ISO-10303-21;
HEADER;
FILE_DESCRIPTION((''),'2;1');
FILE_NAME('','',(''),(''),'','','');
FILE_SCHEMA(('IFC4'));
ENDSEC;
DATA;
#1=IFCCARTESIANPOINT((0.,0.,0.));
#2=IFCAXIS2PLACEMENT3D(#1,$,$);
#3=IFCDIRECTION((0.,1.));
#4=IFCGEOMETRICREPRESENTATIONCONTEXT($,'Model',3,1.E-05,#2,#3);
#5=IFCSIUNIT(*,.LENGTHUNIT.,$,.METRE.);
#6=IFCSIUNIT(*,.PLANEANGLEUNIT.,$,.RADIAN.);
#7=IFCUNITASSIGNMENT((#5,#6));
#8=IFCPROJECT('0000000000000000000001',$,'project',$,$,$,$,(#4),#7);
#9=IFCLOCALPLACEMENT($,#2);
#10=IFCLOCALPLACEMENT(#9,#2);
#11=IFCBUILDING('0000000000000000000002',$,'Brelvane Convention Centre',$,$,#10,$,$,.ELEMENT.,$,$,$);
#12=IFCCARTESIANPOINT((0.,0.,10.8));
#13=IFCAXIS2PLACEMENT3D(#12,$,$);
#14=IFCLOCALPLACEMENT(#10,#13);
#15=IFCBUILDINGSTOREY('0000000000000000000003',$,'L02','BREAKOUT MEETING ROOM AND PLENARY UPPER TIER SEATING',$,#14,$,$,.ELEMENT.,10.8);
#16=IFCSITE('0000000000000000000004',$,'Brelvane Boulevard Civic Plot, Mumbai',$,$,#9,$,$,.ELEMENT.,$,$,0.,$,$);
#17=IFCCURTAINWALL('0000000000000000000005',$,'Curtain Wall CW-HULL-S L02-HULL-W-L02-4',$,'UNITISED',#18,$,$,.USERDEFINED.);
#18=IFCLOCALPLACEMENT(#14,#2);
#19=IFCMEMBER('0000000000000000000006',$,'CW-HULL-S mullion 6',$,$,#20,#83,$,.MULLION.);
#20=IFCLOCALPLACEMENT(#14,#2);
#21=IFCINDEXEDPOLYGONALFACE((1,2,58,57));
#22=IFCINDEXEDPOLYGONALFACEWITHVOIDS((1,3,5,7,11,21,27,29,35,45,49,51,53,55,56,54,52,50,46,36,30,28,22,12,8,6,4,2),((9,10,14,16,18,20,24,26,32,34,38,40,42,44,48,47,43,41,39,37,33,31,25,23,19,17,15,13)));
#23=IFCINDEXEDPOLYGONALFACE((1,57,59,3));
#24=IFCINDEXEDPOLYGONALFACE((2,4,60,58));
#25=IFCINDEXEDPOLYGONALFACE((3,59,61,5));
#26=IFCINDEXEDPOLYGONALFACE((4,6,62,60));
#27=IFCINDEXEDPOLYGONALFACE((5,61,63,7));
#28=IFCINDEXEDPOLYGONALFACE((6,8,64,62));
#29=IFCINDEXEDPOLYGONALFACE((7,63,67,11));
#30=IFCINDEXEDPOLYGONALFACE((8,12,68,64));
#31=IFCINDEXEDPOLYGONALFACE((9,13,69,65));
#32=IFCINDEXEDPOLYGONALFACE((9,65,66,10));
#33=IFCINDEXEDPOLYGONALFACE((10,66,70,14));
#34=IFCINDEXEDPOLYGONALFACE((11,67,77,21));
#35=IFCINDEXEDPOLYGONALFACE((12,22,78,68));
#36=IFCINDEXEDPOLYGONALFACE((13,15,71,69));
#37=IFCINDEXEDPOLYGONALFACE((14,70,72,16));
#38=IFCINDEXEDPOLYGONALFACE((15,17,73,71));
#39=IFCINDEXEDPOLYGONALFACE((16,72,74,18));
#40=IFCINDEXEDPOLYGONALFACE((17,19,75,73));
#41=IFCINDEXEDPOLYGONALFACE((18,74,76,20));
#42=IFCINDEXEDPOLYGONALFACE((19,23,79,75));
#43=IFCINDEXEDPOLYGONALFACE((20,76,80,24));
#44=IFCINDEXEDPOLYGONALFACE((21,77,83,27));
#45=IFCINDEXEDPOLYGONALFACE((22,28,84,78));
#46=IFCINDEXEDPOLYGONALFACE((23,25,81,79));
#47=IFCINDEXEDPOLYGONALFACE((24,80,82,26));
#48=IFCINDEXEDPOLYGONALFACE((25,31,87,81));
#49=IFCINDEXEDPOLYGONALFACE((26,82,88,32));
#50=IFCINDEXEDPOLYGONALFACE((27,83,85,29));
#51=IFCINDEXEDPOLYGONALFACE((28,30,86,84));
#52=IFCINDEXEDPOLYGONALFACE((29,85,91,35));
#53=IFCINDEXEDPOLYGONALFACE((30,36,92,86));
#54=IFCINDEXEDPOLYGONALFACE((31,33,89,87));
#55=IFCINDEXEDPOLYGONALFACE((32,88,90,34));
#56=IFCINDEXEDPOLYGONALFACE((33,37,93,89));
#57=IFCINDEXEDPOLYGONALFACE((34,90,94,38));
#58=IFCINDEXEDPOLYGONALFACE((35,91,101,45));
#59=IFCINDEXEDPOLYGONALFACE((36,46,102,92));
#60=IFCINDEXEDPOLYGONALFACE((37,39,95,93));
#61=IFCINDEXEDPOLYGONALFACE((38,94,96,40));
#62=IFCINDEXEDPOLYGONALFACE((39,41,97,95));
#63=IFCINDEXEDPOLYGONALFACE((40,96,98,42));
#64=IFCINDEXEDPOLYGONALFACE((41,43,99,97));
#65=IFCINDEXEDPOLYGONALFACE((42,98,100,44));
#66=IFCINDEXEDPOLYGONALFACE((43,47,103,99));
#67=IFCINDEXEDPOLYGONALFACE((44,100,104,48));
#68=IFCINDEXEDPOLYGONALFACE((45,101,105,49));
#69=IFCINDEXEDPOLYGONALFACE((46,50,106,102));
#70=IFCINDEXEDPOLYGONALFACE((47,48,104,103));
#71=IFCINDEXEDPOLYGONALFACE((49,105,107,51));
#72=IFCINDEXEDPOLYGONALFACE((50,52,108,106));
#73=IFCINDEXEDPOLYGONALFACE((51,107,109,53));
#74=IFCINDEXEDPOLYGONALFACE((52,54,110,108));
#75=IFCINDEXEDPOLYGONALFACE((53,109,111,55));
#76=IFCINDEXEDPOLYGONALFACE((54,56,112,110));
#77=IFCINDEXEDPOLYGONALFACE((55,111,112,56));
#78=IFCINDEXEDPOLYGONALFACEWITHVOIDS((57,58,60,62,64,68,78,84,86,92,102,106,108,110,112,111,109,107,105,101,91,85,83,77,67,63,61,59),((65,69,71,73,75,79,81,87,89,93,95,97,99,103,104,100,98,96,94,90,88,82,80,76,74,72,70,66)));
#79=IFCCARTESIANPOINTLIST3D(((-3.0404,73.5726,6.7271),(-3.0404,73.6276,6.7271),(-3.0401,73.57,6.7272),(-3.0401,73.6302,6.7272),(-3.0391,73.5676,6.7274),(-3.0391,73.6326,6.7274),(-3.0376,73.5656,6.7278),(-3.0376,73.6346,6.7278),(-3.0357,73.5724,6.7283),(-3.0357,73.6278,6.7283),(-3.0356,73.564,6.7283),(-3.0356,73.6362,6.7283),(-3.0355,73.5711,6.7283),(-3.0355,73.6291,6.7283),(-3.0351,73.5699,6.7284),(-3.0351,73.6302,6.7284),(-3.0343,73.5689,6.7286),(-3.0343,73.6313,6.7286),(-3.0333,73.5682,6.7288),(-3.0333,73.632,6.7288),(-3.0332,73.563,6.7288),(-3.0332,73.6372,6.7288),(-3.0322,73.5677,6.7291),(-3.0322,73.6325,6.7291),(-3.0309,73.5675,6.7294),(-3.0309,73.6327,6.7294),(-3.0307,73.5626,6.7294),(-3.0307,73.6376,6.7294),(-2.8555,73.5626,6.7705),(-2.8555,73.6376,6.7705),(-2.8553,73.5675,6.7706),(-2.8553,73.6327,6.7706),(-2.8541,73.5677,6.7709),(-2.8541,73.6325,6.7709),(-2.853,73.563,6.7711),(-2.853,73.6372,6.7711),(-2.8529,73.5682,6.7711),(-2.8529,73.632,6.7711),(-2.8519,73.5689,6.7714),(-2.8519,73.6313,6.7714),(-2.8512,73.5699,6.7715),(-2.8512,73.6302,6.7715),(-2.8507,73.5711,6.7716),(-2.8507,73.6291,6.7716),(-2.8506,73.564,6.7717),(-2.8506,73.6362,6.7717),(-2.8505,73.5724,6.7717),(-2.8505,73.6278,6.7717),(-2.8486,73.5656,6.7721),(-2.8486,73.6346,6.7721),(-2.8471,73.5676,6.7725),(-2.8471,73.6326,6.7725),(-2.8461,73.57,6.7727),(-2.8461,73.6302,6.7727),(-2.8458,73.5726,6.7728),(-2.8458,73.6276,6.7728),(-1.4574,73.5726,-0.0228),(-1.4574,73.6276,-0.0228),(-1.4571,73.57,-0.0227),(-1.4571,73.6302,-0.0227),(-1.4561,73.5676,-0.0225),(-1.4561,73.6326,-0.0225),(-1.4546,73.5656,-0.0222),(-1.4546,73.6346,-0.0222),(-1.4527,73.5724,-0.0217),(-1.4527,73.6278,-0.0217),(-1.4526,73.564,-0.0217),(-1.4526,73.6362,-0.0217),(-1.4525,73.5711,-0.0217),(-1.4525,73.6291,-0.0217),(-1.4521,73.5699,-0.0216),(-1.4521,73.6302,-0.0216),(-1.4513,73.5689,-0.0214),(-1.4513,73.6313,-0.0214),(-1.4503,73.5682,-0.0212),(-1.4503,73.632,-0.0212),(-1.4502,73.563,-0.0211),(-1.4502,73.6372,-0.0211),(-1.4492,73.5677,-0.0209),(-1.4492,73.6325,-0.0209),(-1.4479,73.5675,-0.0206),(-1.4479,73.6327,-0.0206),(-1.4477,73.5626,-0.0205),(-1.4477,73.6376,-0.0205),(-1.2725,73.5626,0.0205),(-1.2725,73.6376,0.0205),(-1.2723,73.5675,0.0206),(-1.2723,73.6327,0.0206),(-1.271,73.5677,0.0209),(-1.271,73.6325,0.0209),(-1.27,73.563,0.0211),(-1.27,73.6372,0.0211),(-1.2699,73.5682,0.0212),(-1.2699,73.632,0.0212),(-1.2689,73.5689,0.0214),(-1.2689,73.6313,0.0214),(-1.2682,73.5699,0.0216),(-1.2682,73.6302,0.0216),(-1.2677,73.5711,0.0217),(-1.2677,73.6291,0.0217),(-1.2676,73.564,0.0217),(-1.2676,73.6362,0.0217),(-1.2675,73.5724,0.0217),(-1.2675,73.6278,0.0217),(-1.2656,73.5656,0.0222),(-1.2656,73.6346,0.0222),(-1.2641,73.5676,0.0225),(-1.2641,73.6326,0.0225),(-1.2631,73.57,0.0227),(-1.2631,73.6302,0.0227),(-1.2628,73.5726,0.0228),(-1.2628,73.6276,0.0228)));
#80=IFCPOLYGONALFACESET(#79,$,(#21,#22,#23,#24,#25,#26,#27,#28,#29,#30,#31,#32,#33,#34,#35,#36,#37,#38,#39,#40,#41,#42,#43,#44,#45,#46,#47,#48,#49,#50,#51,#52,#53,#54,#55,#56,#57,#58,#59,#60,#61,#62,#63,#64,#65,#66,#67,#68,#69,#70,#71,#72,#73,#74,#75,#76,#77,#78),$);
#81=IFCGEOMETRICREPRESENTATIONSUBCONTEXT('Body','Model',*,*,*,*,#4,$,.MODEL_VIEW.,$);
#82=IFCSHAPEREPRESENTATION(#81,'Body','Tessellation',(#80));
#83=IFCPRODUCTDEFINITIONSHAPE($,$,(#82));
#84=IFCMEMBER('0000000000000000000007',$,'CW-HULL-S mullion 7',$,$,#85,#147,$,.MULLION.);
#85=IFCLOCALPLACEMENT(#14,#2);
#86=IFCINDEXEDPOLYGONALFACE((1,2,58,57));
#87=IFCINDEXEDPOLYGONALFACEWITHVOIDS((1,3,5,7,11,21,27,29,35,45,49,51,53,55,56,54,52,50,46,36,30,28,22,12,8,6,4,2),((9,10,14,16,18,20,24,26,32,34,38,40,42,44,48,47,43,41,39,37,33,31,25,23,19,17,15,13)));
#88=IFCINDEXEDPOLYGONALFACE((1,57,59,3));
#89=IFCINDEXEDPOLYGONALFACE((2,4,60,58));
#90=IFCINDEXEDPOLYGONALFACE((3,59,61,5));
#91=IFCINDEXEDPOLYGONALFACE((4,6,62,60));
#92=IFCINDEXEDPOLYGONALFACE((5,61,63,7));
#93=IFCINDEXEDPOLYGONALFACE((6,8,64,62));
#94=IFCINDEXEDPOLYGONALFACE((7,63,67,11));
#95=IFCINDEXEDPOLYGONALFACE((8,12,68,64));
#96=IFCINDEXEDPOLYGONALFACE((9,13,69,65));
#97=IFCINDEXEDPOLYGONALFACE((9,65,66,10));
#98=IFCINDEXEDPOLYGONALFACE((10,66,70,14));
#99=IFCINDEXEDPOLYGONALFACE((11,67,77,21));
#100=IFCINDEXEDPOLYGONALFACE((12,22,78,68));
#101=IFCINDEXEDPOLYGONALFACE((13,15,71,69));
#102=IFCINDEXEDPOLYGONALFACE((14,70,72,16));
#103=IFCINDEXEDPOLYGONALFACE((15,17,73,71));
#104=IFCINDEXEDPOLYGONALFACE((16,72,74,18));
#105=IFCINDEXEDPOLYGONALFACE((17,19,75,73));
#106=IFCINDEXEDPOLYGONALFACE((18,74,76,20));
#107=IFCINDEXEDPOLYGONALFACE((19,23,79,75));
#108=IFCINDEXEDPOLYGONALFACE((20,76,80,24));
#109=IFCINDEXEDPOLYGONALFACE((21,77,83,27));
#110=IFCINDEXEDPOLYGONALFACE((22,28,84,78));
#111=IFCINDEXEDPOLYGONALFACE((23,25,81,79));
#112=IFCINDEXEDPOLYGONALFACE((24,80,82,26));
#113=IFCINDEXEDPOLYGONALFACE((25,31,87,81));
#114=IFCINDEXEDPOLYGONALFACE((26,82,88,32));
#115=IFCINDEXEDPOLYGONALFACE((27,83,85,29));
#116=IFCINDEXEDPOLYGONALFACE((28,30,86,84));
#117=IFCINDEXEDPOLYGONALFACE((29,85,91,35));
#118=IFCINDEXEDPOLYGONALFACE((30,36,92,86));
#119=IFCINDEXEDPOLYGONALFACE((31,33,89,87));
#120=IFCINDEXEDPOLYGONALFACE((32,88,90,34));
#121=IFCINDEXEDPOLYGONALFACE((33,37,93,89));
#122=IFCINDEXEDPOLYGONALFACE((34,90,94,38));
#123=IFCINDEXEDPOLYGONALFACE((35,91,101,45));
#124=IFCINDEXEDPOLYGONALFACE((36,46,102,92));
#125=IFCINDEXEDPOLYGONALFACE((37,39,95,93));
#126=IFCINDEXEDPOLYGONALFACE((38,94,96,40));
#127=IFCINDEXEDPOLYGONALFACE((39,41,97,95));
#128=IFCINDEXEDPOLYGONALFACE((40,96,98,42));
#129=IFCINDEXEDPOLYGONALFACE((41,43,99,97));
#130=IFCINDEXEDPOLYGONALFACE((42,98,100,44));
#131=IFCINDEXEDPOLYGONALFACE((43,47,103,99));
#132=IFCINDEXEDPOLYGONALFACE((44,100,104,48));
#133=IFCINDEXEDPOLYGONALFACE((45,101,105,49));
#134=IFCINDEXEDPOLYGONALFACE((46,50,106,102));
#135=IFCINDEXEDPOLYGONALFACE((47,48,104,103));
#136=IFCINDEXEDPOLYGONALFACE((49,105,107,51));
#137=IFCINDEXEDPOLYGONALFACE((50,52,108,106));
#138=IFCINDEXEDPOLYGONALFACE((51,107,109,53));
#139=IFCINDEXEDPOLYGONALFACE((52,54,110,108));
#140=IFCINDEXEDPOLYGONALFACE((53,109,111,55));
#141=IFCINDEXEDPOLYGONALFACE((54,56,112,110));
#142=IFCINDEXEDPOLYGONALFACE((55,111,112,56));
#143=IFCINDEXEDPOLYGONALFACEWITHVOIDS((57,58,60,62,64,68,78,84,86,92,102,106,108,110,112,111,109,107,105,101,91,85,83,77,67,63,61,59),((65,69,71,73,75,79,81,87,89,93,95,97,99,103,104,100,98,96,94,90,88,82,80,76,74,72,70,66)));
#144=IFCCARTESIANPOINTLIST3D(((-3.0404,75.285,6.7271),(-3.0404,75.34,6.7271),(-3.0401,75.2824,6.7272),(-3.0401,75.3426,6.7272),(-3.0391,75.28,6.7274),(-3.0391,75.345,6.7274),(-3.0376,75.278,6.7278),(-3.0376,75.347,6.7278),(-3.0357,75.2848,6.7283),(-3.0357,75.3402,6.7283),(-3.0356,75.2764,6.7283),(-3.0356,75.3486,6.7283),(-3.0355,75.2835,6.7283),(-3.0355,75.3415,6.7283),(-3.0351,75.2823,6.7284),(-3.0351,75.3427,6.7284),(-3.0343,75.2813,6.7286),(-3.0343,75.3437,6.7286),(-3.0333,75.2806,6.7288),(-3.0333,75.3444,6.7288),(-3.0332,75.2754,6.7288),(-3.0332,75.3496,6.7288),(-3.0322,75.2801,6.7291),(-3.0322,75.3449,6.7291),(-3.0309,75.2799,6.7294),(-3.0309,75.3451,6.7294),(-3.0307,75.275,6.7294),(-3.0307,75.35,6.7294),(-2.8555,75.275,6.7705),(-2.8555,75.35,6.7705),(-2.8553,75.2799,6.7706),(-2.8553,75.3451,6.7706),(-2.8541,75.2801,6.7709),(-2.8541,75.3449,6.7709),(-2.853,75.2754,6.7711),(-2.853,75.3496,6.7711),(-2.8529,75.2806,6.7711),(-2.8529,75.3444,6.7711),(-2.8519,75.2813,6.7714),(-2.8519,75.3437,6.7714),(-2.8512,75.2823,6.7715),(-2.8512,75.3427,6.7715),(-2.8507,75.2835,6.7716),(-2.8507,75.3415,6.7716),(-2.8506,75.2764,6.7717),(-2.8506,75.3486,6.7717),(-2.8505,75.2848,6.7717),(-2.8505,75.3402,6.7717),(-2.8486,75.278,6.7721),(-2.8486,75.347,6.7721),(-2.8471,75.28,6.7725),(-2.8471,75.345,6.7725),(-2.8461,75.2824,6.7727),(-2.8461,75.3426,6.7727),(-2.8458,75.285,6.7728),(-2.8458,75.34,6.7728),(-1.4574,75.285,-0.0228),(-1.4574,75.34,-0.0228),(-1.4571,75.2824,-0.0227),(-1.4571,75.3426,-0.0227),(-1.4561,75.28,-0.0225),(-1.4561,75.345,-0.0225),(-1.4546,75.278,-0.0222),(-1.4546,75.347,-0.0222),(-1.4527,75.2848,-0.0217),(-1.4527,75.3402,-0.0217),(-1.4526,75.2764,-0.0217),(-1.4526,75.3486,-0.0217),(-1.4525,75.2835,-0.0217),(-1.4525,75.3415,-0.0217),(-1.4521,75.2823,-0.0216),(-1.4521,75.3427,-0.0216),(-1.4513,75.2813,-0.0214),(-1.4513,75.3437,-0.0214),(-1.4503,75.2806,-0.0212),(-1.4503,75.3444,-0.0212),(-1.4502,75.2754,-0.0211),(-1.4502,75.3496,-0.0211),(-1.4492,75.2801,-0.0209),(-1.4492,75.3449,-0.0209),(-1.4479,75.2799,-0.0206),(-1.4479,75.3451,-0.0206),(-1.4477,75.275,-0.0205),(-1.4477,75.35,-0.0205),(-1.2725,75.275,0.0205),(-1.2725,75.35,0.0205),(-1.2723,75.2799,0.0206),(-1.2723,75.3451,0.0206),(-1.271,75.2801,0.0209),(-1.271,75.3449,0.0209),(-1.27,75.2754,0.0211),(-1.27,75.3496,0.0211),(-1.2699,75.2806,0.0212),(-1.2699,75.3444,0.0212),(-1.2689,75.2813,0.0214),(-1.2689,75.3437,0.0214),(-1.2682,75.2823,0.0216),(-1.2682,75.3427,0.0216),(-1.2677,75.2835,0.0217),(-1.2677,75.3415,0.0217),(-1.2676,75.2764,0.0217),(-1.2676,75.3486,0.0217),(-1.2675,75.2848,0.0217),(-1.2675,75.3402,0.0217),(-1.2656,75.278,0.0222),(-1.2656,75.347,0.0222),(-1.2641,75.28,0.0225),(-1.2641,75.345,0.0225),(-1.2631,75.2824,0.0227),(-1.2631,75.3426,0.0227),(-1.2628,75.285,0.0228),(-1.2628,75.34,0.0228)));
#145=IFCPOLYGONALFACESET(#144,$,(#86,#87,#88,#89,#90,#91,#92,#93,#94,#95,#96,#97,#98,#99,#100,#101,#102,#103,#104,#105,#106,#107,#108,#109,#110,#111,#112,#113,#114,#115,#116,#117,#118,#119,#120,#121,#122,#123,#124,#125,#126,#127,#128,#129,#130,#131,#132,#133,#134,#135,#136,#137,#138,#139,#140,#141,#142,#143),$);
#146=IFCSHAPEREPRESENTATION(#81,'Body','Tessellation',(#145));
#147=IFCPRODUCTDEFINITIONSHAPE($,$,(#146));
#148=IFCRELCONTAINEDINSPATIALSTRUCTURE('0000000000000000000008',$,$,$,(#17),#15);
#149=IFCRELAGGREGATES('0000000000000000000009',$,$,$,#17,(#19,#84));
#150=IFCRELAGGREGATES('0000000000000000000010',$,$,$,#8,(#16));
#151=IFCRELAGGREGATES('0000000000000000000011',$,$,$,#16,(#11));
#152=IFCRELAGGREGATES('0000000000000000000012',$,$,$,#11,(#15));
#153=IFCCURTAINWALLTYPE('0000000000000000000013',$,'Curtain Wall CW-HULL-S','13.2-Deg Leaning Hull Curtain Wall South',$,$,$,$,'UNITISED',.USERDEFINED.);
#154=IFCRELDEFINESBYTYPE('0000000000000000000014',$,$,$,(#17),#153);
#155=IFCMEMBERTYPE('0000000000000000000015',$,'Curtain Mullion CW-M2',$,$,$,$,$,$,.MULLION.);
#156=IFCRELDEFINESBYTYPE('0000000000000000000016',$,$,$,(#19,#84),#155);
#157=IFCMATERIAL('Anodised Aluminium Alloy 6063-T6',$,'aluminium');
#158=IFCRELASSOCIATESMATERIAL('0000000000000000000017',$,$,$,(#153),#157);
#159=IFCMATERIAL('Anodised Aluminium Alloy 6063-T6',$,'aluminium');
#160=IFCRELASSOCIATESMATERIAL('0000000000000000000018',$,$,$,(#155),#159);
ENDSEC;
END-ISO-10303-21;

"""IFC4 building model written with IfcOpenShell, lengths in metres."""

from ifc_helpers import new_model, si_unit, direction, frame, origin, origin_2d, place, context, subcontext, project, spatial, hollow_rectangle, extrude, material, material_profile, profile_set, type_object, element, aggregate, save


model = new_model("IFC4")

# Units and contexts
model_context = context("Model", 3, precision=1e-05, world=origin(), true_north=direction((0.0, 1.0)))
body_context = subcontext(model_context, "Body", "Model", "MODEL_VIEW")
ifc_project = project(units=[si_unit("LENGTHUNIT", "METRE"), si_unit("PLANEANGLEUNIT", "RADIAN")], contexts=[model_context])

# Site, building, storey
site_placement = place(None, origin())
site = spatial("IfcSite", under=ifc_project, at=site_placement, Name="Brelvane Boulevard Civic Plot, Mumbai", CompositionType="ELEMENT", RefElevation=0.0)
building_placement = place(site_placement, origin())
building = spatial("IfcBuilding", under=site, at=building_placement, Name="Brelvane Convention Centre", CompositionType="ELEMENT")
storey_placement = place(building_placement, frame((0.0, 0.0, 10.8)))
storey = spatial("IfcBuildingStorey", under=building, at=storey_placement, Name="L02", Description="BREAKOUT MEETING ROOM AND PLENARY UPPER TIER SEATING", CompositionType="ELEMENT", Elevation=10.8)

# Curtain wall, members
ifc_material_1 = material(Name="Anodised Aluminium Alloy 6063-T6", Category="aluminium")
curtain_wall_type = type_object("IfcCurtainWallType", Name="Curtain Wall CW-HULL-S", Description="13.2-Deg Leaning Hull Curtain Wall South", ElementType="UNITISED", PredefinedType="USERDEFINED", material=ifc_material_1)
curtain_wall_1_placement = place(storey_placement, origin())
curtain_wall_1 = element("IfcCurtainWall", 1, at=curtain_wall_1_placement, inside=storey, type_object=curtain_wall_type, Name="Curtain Wall CW-HULL-S L02-HULL-W-L02-4", ObjectType="UNITISED", PredefinedType="USERDEFINED")
ifc_material_2 = material(Name="Anodised Aluminium Alloy 6063-T6", Category="aluminium")
ifc_material_profile_1 = material_profile(ifc_material_2, hollow_rectangle(XDim=0.075, YDim=0.2, WallThickness=0.0049, InnerFilletRadius=0.0049, OuterFilletRadius=0.01, at=origin_2d()), Name="ALU-M 200x75x5.0")
ifc_profile_set_1 = profile_set([ifc_material_profile_1], Name="Anodised Aluminium Alloy 6063-T6")
member_type_1 = type_object("IfcMemberType", Name="Curtain Mullion CW-M2", PredefinedType="MULLION", material=ifc_profile_set_1)
member_1_placement = place(storey_placement, frame((-1.3601, 73.6001, 0.0), z_axis=(-0.228325, 0.0, 0.973585), x_axis=(0.0, -1.0, 0.0)))
member_1 = element("IfcMember", 2, at=member_1_placement, type_object=member_type_1, Name="CW-HULL-S mullion 6", PredefinedType="MULLION", context=body_context, shape_type="SweptSolid", body=[
    extrude(hollow_rectangle(XDim=0.075, YDim=0.2, WallThickness=0.0049, InnerFilletRadius=0.0049, OuterFilletRadius=0.01, at=origin_2d()), origin(), (0.0, 0.0, 1.0), 6.9331),
])
member_2_placement = place(storey_placement, frame((-1.3601, 75.3125, 0.0), z_axis=(-0.228325, 0.0, 0.973585), x_axis=(0.0, -1.0, 0.0)))
member_2 = element("IfcMember", 3, at=member_2_placement, type_object=member_type_1, Name="CW-HULL-S mullion 7", PredefinedType="MULLION", context=body_context, shape_type="SweptSolid", body=[
    extrude(hollow_rectangle(XDim=0.075, YDim=0.2, WallThickness=0.0049, InnerFilletRadius=0.0049, OuterFilletRadius=0.01, at=origin_2d()), origin(), (0.0, 0.0, 1.0), 6.9331),
])

aggregate(curtain_wall_1, [member_1, member_2])

save(model, "model.ifc")
